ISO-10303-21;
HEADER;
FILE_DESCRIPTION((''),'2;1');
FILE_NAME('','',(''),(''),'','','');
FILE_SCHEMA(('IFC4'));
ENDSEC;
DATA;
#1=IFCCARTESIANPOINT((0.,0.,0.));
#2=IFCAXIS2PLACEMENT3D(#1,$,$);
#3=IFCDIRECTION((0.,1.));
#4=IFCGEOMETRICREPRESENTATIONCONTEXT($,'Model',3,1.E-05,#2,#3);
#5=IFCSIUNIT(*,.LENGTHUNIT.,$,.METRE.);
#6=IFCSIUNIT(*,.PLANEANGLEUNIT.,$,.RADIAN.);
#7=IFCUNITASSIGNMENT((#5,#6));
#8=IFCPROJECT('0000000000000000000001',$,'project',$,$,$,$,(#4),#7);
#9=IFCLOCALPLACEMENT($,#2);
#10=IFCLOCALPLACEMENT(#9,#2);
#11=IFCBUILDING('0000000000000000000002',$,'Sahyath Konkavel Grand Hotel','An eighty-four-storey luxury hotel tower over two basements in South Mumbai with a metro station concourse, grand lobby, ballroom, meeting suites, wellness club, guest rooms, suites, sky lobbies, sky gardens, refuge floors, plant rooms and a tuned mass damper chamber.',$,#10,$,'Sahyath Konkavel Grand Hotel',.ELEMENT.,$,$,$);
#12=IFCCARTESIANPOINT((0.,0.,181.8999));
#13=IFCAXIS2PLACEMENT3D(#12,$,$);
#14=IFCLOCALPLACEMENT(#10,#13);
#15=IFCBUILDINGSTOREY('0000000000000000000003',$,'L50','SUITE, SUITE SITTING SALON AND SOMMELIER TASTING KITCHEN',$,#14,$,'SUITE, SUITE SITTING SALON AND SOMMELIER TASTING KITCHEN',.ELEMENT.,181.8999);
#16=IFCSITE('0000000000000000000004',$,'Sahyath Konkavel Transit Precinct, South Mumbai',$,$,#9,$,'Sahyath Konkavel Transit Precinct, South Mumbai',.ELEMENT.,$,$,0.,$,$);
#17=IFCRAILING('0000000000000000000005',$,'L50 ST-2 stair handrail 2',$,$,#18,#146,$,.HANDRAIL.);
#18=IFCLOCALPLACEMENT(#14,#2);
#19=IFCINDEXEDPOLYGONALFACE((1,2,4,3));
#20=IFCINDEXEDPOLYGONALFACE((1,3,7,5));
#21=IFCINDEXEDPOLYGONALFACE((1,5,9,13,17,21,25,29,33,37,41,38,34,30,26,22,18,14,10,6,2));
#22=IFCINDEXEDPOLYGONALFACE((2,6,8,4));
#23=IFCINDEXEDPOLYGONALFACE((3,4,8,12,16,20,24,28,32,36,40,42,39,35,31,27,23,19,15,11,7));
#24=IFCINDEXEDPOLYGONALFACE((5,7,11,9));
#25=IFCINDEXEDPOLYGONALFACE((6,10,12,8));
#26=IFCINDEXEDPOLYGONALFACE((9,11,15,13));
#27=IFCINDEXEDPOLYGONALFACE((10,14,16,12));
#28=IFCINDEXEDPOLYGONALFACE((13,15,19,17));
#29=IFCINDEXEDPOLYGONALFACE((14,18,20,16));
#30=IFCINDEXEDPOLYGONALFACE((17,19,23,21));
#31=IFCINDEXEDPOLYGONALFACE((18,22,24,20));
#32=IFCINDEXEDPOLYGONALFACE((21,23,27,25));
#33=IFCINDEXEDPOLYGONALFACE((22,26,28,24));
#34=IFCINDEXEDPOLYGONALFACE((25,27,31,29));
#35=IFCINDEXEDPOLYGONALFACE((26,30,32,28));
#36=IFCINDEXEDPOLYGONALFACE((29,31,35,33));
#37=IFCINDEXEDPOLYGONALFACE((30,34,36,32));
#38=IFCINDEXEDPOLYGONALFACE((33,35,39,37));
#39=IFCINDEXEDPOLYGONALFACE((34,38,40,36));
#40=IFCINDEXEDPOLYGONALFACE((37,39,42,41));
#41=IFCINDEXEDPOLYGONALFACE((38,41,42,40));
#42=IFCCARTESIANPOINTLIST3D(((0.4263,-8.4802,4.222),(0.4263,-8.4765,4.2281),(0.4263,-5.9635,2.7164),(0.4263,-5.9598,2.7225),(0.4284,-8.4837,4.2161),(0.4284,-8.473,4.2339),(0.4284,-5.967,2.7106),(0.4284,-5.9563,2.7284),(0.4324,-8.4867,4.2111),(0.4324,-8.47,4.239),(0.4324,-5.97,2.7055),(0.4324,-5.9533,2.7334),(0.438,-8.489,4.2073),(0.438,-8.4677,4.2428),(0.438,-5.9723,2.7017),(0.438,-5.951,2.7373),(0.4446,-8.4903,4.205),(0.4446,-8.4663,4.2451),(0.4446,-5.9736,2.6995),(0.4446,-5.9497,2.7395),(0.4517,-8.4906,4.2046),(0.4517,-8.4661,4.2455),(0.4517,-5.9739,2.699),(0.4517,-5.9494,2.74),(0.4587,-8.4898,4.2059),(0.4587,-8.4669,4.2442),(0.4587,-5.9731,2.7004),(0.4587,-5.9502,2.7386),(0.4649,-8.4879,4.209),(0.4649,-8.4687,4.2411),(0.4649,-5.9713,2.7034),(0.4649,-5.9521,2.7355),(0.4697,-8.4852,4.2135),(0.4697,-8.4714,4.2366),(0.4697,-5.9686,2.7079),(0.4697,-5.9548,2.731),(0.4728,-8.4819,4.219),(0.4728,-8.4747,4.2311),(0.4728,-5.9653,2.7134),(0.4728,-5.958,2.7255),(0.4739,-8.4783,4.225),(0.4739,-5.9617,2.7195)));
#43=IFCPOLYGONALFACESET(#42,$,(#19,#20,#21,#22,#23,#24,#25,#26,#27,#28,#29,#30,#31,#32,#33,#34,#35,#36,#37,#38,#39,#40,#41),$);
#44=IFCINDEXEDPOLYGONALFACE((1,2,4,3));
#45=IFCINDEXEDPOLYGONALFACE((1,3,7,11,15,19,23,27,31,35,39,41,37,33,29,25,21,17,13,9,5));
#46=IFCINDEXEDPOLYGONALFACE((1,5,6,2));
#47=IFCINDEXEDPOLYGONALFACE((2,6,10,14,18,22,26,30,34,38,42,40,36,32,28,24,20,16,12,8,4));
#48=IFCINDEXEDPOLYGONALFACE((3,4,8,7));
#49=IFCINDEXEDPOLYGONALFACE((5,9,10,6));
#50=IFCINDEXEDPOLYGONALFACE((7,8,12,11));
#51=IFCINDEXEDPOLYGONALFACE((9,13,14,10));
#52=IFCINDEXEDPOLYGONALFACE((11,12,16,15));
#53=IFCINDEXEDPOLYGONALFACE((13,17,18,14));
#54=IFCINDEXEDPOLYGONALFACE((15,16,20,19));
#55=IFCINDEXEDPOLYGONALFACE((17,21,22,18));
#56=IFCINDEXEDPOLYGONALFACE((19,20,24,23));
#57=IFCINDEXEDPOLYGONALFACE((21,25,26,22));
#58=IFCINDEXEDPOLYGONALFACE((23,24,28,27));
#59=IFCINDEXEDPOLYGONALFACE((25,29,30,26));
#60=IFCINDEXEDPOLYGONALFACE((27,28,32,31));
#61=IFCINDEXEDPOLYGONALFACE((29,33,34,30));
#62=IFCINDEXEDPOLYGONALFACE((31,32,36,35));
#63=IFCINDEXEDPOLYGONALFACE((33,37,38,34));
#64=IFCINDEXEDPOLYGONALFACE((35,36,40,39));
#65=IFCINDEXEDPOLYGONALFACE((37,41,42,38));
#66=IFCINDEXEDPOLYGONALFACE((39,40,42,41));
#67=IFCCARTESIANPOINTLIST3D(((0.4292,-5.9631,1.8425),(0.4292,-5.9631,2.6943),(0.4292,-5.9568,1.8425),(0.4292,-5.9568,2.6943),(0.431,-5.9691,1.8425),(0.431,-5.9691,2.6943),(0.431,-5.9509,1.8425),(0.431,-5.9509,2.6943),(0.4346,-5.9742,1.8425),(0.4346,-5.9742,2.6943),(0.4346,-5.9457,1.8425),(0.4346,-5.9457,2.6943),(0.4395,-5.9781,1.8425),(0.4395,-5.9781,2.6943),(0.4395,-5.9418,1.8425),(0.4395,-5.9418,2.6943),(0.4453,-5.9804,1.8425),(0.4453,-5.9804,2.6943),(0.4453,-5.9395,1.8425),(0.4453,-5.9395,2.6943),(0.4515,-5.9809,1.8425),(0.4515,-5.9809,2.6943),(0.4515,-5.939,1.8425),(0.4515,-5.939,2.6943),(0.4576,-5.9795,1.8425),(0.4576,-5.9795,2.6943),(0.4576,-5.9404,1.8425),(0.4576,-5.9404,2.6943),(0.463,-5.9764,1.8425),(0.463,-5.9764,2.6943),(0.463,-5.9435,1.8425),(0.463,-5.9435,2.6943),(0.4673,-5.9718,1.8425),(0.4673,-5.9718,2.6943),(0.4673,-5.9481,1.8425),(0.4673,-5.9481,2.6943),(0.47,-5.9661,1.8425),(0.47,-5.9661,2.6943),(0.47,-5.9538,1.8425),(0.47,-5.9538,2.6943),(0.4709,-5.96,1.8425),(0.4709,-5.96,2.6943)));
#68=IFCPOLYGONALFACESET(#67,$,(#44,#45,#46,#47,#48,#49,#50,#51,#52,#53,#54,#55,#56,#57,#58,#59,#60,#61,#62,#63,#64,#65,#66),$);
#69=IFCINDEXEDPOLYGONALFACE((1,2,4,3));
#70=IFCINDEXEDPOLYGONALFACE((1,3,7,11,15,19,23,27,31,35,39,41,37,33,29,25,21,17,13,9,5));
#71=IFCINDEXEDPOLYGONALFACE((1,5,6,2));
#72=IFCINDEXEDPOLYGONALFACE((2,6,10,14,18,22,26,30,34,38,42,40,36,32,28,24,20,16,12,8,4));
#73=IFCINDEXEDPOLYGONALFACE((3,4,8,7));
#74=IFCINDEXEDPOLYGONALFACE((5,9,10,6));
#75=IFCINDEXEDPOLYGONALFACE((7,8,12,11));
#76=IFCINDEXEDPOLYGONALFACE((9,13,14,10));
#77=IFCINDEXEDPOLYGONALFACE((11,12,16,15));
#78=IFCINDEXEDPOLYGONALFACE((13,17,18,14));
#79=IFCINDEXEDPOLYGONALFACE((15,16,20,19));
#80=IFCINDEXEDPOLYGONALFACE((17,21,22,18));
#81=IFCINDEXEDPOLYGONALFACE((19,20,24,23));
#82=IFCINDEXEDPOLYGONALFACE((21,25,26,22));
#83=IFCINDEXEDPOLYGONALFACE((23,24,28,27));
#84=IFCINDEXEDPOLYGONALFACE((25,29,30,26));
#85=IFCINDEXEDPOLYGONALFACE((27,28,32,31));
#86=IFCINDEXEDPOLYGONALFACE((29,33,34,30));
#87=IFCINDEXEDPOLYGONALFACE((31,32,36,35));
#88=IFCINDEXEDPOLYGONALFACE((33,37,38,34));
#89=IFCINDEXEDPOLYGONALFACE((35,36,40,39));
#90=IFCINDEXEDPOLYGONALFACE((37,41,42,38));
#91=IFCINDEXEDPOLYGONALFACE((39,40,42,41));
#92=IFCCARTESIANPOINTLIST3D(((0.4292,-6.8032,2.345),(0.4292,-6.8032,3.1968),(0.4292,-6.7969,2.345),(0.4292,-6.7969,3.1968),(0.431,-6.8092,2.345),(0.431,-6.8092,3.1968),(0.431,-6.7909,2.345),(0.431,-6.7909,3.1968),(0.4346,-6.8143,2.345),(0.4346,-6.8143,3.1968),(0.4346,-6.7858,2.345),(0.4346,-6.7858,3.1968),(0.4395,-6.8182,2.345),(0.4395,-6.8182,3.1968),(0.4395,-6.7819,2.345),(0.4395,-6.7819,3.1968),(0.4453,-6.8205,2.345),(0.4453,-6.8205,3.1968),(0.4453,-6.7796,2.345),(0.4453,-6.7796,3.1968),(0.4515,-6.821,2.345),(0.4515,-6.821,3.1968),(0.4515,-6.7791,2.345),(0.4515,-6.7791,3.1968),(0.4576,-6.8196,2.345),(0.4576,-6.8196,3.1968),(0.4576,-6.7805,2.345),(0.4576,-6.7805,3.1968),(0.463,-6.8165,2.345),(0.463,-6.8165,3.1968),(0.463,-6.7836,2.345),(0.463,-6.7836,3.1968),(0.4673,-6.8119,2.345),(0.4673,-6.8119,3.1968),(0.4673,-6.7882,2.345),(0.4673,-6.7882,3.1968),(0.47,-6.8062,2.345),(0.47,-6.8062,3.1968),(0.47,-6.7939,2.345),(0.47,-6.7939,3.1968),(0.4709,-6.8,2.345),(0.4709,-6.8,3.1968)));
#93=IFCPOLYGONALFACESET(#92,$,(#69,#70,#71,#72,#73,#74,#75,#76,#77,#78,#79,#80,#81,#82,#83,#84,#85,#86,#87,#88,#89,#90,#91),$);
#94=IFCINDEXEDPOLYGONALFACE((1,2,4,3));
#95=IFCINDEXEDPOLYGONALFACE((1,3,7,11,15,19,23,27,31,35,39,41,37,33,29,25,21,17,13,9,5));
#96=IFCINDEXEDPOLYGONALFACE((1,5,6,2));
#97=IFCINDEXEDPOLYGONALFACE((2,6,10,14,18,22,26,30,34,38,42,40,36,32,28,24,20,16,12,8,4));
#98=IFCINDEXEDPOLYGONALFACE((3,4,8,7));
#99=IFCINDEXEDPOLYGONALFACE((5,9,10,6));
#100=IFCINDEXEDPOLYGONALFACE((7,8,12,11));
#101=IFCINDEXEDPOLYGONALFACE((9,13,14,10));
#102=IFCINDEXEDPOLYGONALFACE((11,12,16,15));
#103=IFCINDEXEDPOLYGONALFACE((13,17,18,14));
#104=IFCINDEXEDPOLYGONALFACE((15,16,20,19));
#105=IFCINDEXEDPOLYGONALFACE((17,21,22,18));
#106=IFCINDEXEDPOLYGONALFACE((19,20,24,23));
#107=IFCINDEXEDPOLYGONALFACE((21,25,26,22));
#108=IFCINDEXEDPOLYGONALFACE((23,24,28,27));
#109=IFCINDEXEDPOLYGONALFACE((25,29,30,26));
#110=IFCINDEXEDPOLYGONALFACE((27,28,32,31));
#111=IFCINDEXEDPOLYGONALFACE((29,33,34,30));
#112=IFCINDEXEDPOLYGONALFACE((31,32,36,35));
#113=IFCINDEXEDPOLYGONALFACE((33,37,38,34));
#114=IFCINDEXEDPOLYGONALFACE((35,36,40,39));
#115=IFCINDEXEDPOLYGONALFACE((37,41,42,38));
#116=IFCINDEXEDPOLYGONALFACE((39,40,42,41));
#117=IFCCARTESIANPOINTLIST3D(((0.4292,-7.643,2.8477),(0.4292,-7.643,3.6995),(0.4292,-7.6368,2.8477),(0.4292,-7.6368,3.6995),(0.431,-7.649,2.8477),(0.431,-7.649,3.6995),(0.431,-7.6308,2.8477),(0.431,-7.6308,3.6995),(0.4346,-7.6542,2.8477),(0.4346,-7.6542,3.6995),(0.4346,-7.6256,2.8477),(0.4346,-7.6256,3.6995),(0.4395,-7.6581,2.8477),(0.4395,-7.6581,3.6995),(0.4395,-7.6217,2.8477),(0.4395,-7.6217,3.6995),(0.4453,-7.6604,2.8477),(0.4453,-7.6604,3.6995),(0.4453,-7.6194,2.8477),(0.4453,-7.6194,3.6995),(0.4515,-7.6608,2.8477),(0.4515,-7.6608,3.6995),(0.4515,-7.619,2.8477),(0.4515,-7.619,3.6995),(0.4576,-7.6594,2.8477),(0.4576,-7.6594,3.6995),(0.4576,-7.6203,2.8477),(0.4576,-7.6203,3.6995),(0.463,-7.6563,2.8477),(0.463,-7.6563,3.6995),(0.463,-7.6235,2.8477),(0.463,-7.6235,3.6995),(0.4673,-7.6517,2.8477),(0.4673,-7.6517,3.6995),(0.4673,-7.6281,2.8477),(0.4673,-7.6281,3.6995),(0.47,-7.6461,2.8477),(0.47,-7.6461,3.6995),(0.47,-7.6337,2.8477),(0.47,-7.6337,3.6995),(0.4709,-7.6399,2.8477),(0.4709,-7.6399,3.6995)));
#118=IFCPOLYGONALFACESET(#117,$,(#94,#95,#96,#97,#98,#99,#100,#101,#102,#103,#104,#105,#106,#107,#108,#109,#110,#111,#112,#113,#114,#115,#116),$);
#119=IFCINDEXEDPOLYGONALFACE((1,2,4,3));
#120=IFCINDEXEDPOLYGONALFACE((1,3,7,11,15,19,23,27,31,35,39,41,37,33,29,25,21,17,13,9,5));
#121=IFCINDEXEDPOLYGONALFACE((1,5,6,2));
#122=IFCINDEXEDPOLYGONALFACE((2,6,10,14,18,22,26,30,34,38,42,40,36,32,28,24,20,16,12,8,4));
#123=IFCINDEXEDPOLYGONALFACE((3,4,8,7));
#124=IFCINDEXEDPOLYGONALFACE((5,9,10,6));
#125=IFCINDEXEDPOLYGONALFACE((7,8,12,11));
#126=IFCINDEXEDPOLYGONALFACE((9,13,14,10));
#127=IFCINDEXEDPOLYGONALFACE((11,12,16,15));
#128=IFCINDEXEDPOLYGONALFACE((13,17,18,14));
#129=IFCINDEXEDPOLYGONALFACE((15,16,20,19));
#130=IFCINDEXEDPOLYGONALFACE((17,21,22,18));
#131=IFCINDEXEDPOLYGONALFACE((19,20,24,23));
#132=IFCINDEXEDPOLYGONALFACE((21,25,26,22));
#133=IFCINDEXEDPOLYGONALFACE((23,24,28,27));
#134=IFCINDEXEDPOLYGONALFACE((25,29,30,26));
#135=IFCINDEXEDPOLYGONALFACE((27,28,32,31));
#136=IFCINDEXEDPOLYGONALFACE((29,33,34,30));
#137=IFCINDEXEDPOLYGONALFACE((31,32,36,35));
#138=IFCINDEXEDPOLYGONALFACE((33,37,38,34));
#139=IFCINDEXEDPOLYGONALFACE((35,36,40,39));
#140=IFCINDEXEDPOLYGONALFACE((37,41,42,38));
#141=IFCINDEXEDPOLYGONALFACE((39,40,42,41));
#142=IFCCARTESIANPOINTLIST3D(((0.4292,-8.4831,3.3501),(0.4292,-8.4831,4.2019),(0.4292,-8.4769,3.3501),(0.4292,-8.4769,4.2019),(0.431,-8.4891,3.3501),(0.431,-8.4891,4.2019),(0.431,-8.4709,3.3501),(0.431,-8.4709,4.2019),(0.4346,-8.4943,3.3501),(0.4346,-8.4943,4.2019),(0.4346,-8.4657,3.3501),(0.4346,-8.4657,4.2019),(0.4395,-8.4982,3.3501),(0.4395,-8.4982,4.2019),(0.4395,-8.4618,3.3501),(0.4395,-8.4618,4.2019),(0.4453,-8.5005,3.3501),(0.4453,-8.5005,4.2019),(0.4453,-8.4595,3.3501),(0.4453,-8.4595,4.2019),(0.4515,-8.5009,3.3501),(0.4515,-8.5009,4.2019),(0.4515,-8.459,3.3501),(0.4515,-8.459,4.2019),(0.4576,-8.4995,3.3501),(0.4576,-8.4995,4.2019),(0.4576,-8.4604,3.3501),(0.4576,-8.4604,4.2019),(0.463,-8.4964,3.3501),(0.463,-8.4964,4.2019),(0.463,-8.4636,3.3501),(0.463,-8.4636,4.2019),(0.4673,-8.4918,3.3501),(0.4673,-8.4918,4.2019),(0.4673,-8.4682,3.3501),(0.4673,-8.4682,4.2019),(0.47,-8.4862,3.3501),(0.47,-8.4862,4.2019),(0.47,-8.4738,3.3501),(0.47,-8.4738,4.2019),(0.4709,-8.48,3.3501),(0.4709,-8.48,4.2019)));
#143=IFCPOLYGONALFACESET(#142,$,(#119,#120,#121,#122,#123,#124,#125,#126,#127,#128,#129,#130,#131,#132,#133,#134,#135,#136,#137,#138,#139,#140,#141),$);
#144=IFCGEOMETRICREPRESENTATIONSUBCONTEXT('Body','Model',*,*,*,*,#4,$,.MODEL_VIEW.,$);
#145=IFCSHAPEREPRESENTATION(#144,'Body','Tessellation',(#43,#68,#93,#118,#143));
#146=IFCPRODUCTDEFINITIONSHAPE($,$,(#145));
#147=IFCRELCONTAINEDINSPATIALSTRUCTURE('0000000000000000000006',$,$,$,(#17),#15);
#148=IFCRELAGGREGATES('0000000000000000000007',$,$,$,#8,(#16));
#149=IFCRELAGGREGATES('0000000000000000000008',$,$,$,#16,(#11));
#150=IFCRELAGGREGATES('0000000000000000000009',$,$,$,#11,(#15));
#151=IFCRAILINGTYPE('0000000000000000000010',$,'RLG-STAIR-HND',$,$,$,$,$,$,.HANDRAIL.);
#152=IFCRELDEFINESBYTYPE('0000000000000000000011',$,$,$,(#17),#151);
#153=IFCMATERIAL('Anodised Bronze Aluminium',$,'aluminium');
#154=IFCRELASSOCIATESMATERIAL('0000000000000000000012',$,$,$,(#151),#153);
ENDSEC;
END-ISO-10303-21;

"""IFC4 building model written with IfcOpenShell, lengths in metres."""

from ifc_helpers import new_model, si_unit, direction, frame, origin, origin_2d, place, context, subcontext, project, spatial, circle, extrude, material, type_object, element, save


model = new_model("IFC4")

# Units and contexts
model_context = context("Model", 3, precision=1e-05, world=origin(), true_north=direction((0.0, 1.0)))
body_context = subcontext(model_context, "Body", "Model", "MODEL_VIEW")
ifc_project = project(units=[si_unit("LENGTHUNIT", "METRE"), si_unit("PLANEANGLEUNIT", "RADIAN")], contexts=[model_context])

# Site, building, storey
site_placement = place(None, origin())
site = spatial("IfcSite", under=ifc_project, at=site_placement, Name="Sahyath Konkavel Transit Precinct, South Mumbai", LongName="Sahyath Konkavel Transit Precinct, South Mumbai", CompositionType="ELEMENT", RefElevation=0.0)
building_placement = place(site_placement, origin())
building = spatial("IfcBuilding", under=site, at=building_placement, Name="Sahyath Konkavel Grand Hotel", Description="An eighty-four-storey luxury hotel tower over two basements in South Mumbai with a metro station concourse, grand lobby, ballroom, meeting suites, wellness club, guest rooms, suites, sky lobbies, sky gardens, refuge floors, plant rooms and a tuned mass damper chamber.", LongName="Sahyath Konkavel Grand Hotel", CompositionType="ELEMENT")
storey_placement = place(building_placement, frame((0.0, 0.0, 181.8999)))
storey = spatial("IfcBuildingStorey", under=building, at=storey_placement, Name="L50", Description="SUITE, SUITE SITTING SALON AND SOMMELIER TASTING KITCHEN", LongName="SUITE, SUITE SITTING SALON AND SOMMELIER TASTING KITCHEN", CompositionType="ELEMENT", Elevation=181.8999)

# Railing
ifc_material_1 = material(Name="Anodised Bronze Aluminium", Category="aluminium")
railing_type_1 = type_object("IfcRailingType", Name="RLG-STAIR-HND", PredefinedType="HANDRAIL", material=ifc_material_1)
railing_1_placement = place(storey_placement, frame((0.45, -5.96, 1.8425)))
element("IfcRailing", 1, at=railing_1_placement, inside=storey, type_object=railing_type_1, Name="L50 ST-2 stair handrail 2", PredefinedType="HANDRAIL", context=body_context, shape_type="SweptSolid", body=[
    extrude(circle(Radius=0.0239, at=origin_2d()), frame((0.0, -0.0017, 0.877), z_axis=(0.0, -0.85816, 0.513383), x_axis=(1.0, 0.0, 0.0)), (0.0, 0.0, 1.0), 2.9326),
    extrude(circle(Radius=0.021, at=origin_2d()), origin(), (0.0, 0.0, 1.0), 0.8518),
    extrude(circle(Radius=0.021, at=origin_2d()), frame((0.0, -0.8401, 0.5024)), (0.0, 0.0, 1.0), 0.8518),
    extrude(circle(Radius=0.021, at=origin_2d()), frame((0.0, -1.6799, 1.0051)), (0.0, 0.0, 1.0), 0.8518),
    extrude(circle(Radius=0.021, at=origin_2d()), frame((0.0, -2.52, 1.5076)), (0.0, 0.0, 1.0), 0.8518),
])

save(model, "model.ifc")
